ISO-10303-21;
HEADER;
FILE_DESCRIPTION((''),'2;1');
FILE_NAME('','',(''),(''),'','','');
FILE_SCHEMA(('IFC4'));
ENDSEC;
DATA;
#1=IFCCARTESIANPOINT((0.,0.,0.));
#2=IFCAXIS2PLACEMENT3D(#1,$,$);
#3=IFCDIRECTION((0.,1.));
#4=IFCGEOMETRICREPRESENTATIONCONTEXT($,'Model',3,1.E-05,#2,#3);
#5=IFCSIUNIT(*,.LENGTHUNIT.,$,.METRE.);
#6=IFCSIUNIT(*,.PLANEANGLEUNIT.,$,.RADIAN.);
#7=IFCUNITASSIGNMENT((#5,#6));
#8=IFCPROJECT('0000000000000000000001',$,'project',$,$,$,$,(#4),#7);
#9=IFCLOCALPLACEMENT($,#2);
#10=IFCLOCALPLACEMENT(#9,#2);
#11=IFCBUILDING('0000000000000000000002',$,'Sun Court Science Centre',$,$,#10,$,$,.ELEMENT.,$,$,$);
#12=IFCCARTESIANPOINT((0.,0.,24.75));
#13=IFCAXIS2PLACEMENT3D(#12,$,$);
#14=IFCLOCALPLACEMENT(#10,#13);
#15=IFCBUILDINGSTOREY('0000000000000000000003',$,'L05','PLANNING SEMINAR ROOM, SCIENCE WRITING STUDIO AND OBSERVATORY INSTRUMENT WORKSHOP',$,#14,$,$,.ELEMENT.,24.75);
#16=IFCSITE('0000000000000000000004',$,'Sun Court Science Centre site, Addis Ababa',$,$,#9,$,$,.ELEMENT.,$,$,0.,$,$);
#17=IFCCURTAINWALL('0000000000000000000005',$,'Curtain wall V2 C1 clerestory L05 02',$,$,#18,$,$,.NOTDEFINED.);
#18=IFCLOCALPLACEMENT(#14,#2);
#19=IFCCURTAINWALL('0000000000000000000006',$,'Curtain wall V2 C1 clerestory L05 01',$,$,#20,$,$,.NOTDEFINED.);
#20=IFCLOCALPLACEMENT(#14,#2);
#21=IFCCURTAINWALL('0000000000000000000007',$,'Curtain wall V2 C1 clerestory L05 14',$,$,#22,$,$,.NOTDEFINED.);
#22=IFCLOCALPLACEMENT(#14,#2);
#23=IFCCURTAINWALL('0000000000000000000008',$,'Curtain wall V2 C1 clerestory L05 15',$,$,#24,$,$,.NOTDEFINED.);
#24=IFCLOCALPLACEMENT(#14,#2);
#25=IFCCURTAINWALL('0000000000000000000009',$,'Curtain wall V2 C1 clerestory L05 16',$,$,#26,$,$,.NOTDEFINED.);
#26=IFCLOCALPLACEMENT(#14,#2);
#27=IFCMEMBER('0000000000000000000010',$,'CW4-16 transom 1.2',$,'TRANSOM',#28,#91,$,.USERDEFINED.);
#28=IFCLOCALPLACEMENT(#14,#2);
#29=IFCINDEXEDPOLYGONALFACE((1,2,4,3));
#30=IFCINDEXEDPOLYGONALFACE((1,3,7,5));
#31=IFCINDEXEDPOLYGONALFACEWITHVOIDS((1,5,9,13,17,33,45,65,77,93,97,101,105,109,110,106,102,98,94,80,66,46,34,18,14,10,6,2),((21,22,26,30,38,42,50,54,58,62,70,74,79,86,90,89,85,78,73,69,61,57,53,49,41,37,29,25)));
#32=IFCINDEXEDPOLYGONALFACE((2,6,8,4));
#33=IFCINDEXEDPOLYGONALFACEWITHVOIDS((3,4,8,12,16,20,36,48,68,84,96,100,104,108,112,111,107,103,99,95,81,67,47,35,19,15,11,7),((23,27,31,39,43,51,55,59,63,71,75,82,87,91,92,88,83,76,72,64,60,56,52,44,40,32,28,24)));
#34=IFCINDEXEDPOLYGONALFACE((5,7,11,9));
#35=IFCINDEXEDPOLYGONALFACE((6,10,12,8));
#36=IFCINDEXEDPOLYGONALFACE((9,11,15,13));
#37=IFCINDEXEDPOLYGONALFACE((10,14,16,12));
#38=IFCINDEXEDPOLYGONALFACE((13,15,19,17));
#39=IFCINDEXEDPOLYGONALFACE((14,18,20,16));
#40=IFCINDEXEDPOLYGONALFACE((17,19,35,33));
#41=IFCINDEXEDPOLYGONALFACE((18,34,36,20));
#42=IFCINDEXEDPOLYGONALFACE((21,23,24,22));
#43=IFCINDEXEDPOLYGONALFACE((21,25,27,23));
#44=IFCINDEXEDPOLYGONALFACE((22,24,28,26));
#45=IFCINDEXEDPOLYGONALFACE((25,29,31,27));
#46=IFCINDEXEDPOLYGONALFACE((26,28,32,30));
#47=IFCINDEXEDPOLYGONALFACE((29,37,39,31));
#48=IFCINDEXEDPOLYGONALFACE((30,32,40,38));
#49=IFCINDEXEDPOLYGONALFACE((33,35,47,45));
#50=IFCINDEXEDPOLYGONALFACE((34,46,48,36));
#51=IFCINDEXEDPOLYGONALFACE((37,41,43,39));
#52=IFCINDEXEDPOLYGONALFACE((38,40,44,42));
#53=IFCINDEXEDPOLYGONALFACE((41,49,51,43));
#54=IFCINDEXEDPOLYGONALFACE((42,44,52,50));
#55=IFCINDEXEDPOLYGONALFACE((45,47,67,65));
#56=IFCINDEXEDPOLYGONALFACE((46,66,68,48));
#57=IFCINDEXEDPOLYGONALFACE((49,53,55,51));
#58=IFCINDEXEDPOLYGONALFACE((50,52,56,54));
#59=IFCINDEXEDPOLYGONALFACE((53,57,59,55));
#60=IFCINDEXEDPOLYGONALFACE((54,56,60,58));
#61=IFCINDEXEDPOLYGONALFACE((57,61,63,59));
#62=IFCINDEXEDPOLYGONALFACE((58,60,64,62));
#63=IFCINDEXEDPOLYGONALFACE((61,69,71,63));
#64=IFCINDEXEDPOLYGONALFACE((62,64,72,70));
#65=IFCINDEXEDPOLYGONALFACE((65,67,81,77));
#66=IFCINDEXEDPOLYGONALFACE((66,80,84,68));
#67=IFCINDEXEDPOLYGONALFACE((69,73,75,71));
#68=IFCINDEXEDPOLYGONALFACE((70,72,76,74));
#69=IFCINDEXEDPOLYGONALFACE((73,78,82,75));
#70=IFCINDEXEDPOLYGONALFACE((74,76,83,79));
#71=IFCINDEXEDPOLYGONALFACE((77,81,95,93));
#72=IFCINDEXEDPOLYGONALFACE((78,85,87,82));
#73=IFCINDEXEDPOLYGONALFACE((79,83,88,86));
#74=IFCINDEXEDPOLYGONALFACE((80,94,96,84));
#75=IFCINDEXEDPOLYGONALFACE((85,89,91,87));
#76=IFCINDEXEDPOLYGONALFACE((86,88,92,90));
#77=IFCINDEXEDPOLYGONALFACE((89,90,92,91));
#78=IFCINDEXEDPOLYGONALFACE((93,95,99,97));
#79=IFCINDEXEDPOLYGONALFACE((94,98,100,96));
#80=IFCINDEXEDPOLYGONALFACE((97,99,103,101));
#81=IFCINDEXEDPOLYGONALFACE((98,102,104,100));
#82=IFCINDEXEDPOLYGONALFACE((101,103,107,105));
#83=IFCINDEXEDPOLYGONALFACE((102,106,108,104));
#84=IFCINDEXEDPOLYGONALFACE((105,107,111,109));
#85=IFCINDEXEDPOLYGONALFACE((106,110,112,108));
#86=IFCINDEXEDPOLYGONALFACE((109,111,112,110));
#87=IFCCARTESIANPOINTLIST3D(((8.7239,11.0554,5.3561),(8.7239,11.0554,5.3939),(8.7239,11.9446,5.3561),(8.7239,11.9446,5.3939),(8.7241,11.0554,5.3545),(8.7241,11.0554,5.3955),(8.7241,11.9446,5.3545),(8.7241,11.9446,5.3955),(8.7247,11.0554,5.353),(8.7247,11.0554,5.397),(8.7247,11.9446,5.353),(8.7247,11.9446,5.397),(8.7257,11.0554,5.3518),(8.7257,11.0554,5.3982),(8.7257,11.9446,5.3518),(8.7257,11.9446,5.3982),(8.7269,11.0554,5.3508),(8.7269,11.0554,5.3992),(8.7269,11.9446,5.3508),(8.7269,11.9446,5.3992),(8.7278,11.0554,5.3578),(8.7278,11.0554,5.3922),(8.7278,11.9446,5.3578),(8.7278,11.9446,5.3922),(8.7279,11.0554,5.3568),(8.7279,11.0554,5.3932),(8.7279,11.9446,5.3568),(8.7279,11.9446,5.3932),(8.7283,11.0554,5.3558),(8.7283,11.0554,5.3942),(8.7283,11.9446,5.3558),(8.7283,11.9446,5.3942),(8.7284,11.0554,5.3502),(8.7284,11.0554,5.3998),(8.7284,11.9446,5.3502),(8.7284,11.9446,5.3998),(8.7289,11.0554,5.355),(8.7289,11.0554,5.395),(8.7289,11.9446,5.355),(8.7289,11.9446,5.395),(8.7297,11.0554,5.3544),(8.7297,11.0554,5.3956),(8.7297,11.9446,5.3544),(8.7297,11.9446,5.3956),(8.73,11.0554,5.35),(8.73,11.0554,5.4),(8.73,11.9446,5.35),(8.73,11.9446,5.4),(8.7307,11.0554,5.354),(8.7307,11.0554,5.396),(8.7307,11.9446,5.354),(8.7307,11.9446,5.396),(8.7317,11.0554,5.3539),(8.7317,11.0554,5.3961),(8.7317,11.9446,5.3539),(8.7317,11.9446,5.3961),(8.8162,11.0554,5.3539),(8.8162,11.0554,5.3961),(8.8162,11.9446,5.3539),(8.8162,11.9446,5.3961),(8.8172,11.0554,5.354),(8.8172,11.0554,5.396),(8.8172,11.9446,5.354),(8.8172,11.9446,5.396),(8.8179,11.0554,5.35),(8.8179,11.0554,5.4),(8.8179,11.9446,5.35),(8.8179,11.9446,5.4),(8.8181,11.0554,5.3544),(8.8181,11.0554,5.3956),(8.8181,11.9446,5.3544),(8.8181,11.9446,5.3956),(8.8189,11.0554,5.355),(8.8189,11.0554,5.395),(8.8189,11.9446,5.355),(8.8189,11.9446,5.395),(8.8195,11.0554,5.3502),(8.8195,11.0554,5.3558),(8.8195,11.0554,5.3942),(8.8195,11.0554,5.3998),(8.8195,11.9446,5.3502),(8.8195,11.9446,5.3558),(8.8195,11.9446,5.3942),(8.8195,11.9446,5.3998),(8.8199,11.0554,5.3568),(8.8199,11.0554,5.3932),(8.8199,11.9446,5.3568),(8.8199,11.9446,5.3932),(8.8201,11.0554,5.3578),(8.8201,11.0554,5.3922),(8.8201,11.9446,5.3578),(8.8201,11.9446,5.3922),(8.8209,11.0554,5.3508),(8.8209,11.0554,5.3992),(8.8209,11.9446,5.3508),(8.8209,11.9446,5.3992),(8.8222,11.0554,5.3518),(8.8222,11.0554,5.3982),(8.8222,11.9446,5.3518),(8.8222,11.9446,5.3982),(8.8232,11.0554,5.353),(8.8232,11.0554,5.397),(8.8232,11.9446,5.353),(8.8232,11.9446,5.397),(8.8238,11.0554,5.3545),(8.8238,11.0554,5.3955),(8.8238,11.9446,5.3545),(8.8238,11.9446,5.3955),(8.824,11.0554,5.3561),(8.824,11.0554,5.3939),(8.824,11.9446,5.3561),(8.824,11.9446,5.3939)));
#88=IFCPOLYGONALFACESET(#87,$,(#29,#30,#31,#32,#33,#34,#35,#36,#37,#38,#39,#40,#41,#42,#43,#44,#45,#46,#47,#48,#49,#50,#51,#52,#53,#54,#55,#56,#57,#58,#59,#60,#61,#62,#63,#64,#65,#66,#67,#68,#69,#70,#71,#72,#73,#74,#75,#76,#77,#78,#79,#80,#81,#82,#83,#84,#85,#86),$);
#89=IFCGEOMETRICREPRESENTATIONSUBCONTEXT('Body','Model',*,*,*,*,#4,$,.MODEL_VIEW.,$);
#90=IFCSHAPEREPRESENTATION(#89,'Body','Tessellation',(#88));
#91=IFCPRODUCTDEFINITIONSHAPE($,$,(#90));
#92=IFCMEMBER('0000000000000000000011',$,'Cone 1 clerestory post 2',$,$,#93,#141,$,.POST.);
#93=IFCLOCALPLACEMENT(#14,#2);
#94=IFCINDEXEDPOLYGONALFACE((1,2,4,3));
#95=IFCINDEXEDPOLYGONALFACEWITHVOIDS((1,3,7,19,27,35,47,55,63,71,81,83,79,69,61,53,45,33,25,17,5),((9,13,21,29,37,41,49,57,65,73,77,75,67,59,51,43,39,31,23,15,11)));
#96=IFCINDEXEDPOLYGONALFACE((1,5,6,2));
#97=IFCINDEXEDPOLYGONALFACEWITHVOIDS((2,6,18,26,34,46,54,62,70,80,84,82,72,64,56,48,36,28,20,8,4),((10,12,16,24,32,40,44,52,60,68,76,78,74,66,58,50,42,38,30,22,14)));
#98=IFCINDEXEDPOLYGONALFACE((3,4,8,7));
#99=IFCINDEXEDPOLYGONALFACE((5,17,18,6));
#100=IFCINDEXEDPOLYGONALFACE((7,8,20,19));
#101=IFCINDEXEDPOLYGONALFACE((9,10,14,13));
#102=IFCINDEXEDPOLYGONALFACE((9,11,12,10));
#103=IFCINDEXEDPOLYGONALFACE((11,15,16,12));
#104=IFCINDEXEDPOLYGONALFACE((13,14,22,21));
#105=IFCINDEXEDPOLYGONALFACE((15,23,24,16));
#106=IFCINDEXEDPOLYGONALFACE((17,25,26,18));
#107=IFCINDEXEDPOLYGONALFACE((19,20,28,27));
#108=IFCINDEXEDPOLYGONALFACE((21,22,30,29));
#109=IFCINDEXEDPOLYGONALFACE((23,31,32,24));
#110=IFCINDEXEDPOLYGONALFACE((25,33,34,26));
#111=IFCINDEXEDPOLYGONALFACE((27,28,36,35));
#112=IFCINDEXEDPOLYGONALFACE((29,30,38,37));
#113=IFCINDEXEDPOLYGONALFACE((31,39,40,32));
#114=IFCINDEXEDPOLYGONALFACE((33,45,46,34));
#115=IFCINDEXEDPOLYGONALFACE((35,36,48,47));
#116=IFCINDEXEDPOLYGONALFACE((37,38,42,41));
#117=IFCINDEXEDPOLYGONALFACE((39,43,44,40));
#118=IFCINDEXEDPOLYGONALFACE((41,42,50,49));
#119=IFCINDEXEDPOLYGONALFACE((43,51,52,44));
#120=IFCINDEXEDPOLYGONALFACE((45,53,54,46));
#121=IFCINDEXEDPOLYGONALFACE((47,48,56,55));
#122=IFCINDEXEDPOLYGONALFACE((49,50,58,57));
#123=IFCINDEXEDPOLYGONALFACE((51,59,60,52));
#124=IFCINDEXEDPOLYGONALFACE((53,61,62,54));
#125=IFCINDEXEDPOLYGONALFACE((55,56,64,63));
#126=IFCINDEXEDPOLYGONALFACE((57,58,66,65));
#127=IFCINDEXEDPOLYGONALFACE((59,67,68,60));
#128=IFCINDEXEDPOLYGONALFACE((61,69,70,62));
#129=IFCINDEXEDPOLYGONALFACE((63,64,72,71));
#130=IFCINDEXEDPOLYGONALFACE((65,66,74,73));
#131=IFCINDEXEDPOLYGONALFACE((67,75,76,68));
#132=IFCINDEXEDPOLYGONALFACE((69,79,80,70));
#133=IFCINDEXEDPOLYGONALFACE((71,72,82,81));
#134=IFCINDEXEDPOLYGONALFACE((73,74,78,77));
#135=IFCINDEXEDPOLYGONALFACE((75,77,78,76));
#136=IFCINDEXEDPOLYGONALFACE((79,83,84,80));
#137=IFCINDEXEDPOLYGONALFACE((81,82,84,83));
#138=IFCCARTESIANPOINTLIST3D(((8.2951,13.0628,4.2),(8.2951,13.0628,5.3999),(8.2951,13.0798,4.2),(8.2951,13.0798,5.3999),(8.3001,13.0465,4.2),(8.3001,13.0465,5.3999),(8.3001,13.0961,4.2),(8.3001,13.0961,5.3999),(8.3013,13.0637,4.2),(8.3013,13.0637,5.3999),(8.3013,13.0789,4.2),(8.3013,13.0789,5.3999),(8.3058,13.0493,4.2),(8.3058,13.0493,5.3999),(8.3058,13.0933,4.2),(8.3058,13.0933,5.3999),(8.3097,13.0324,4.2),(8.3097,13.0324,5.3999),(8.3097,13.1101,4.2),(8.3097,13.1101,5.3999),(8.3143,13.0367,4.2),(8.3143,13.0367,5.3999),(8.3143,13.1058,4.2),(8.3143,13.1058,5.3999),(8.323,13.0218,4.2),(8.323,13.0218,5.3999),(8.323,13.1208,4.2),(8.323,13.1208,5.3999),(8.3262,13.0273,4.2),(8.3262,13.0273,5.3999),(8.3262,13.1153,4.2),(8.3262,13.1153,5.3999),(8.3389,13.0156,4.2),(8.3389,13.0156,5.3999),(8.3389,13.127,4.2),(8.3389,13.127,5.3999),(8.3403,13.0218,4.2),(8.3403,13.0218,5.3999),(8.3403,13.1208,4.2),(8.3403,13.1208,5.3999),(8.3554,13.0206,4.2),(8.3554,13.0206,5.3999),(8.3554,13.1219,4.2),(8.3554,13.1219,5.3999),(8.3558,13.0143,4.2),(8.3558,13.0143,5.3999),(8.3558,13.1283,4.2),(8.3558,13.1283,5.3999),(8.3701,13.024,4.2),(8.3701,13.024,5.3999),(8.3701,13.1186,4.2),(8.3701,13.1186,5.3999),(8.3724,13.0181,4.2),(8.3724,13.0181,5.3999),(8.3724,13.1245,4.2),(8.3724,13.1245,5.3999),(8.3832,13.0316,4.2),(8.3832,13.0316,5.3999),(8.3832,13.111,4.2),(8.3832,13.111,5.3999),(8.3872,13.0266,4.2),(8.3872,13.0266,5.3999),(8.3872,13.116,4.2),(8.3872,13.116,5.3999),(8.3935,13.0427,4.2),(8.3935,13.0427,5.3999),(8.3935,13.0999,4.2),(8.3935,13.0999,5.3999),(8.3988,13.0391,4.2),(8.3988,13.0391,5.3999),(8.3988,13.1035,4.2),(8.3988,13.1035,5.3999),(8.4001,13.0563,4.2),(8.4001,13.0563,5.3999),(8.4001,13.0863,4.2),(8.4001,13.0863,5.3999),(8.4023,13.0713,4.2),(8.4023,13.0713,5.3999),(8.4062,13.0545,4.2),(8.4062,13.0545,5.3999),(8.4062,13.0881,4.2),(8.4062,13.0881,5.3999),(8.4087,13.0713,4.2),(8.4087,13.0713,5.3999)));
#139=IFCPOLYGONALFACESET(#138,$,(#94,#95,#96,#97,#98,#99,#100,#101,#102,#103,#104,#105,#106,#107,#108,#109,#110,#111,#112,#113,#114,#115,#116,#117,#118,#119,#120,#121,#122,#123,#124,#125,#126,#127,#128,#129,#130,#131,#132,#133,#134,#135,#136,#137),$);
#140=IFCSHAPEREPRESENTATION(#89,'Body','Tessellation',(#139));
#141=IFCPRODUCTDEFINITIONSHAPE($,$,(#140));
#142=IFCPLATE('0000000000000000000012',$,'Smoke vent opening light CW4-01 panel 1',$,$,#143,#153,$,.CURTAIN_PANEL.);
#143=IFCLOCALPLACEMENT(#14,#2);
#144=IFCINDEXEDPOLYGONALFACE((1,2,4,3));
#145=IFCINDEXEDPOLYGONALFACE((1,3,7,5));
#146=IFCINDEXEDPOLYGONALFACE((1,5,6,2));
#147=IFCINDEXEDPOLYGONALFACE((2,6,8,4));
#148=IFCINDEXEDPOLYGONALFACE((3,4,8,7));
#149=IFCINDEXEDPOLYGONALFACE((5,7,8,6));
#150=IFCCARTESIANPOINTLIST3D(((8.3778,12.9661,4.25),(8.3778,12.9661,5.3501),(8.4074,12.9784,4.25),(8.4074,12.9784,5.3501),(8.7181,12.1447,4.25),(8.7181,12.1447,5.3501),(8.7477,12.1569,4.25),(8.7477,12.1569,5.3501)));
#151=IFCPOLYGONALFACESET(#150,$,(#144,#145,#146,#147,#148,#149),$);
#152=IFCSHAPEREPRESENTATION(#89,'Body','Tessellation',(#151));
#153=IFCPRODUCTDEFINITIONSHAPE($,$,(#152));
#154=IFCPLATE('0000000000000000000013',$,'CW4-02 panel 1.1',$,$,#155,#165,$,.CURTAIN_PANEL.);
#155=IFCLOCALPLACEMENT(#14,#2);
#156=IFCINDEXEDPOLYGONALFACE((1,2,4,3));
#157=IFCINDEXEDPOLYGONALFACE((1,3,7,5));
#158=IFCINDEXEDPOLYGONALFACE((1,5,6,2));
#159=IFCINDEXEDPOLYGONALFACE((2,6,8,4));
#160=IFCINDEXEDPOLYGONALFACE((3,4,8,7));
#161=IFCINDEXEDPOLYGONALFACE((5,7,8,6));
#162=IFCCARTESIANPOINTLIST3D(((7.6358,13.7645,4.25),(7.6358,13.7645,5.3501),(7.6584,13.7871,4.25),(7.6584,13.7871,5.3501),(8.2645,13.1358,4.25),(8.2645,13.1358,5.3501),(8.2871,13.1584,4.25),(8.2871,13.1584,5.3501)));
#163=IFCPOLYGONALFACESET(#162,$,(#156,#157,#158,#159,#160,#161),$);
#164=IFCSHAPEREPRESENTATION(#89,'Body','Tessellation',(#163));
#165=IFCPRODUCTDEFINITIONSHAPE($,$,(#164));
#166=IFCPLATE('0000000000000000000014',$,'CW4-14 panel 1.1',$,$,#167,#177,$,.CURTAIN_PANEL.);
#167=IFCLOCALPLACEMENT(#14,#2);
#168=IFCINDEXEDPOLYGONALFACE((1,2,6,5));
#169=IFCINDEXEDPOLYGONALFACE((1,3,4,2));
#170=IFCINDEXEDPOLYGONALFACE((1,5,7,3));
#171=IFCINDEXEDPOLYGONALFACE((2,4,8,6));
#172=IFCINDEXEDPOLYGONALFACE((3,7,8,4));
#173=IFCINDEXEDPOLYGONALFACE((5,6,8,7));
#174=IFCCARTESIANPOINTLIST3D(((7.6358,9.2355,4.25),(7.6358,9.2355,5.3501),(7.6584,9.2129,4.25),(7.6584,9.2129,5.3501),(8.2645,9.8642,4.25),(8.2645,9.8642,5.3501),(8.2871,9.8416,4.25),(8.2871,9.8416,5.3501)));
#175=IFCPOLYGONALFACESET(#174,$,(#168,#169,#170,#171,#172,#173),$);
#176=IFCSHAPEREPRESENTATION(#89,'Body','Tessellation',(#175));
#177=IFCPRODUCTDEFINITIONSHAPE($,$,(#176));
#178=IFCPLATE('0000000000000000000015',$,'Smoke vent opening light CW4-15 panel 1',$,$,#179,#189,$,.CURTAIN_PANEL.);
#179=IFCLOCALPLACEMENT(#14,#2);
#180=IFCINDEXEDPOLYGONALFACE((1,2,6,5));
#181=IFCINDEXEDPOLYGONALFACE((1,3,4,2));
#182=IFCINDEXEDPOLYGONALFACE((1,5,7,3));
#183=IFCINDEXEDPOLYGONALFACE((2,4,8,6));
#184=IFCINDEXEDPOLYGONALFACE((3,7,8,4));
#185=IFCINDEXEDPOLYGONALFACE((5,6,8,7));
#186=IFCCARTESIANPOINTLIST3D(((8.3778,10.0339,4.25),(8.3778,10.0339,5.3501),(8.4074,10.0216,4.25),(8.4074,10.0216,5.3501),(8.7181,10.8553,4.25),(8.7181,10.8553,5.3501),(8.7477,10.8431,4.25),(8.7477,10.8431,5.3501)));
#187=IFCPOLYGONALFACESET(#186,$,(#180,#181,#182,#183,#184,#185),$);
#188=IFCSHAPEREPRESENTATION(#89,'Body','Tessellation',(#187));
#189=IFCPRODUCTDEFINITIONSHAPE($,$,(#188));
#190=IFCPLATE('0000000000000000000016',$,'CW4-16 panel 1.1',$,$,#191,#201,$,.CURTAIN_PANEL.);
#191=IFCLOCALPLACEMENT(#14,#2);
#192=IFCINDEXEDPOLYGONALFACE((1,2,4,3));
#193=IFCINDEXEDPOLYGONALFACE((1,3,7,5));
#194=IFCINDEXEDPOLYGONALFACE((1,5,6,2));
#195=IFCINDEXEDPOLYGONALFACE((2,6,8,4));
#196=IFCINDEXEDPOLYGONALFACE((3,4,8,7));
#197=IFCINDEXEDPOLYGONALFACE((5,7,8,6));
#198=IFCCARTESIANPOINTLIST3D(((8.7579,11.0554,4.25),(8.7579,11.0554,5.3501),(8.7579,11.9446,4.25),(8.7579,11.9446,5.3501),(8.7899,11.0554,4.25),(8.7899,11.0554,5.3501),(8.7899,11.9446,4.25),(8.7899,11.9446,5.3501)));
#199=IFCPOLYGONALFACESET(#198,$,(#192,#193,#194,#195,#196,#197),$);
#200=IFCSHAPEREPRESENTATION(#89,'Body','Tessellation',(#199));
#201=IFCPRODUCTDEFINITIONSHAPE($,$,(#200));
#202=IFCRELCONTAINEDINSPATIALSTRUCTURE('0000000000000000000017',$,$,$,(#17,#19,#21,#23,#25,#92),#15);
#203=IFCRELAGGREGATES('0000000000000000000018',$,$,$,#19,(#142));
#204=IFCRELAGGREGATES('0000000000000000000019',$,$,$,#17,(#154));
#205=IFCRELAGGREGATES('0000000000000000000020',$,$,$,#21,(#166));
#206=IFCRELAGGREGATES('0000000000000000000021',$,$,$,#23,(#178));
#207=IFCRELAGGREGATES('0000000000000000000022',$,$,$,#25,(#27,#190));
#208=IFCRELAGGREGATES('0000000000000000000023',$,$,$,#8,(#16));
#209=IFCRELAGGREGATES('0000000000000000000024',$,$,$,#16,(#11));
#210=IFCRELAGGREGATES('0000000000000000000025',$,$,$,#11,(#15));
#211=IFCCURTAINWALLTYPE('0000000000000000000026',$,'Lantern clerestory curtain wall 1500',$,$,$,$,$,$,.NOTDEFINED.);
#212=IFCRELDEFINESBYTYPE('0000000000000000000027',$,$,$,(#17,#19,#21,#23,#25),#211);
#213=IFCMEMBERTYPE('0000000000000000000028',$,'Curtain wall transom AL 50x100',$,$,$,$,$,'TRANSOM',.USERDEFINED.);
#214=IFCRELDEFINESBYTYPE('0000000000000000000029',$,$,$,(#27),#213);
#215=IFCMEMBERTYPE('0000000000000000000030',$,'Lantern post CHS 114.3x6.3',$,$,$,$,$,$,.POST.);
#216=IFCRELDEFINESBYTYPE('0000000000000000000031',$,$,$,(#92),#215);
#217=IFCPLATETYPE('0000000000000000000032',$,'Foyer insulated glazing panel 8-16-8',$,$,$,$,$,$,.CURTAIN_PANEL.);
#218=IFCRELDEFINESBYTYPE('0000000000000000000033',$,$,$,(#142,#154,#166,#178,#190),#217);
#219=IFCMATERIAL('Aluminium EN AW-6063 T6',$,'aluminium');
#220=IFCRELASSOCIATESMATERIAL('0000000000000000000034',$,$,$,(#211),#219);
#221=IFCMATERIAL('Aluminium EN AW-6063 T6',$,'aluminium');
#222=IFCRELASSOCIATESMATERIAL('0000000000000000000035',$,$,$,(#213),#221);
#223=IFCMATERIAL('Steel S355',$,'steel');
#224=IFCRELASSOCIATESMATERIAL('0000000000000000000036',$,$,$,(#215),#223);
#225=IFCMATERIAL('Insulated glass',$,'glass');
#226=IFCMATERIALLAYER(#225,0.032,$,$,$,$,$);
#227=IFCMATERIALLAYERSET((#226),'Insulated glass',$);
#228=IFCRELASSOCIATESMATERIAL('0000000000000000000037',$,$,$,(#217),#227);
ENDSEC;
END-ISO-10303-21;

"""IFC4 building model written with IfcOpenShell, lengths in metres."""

from ifc_helpers import new_model, si_unit, direction, frame, origin, origin_2d, place, context, subcontext, project, spatial, rectangle, hollow_rectangle, hollow_circle, extrude, material, layer, layer_set, material_profile, profile_set, type_object, element, aggregate, save


model = new_model("IFC4")

# Units and contexts
model_context = context("Model", 3, precision=1e-05, world=origin(), true_north=direction((0.0, 1.0)))
body_context = subcontext(model_context, "Body", "Model", "MODEL_VIEW")
ifc_project = project(units=[si_unit("LENGTHUNIT", "METRE"), si_unit("PLANEANGLEUNIT", "RADIAN")], contexts=[model_context])

# Site, building, storey
site_placement = place(None, origin())
site = spatial("IfcSite", under=ifc_project, at=site_placement, Name="Sun Court Science Centre site, Addis Ababa", CompositionType="ELEMENT", RefElevation=0.0)
building_placement = place(site_placement, origin())
building = spatial("IfcBuilding", under=site, at=building_placement, Name="Sun Court Science Centre", CompositionType="ELEMENT")
storey_placement = place(building_placement, frame((0.0, 0.0, 24.75)))
storey = spatial("IfcBuildingStorey", under=building, at=storey_placement, Name="L05", Description="PLANNING SEMINAR ROOM, SCIENCE WRITING STUDIO AND OBSERVATORY INSTRUMENT WORKSHOP", CompositionType="ELEMENT", Elevation=24.75)

# Curtain wall
ifc_material_1 = material(Name="Aluminium EN AW-6063 T6", Category="aluminium")
curtain_wall_type = type_object("IfcCurtainWallType", Name="Lantern clerestory curtain wall 1500", PredefinedType="NOTDEFINED", material=ifc_material_1)
curtain_wall_1_placement = place(storey_placement, origin())
curtain_wall_1 = element("IfcCurtainWall", 1, at=curtain_wall_1_placement, inside=storey, type_object=curtain_wall_type, Name="Curtain wall V2 C1 clerestory L05 02", PredefinedType="NOTDEFINED")

# Curtain walls, member
curtain_wall_2_placement = place(storey_placement, origin())
curtain_wall_2 = element("IfcCurtainWall", 2, at=curtain_wall_2_placement, inside=storey, type_object=curtain_wall_type, Name="Curtain wall V2 C1 clerestory L05 01", PredefinedType="NOTDEFINED")
ifc_material_2 = material(Name="Aluminium EN AW-6063 T6", Category="aluminium")
ifc_material_profile_1 = material_profile(ifc_material_2, hollow_rectangle(XDim=0.05, YDim=0.1001, WallThickness=0.0039, InnerFilletRadius=0.0039, OuterFilletRadius=0.0061, at=origin_2d()), Name="AL 50x100x4")
ifc_profile_set_1 = profile_set([ifc_material_profile_1], Name="Aluminium EN AW-6063 T6")
member_type_1 = type_object("IfcMemberType", Name="Curtain wall transom AL 50x100", ElementType="TRANSOM", PredefinedType="USERDEFINED", material=ifc_profile_set_1)
curtain_wall_3_placement = place(storey_placement, origin())
curtain_wall_3 = element("IfcCurtainWall", 3, at=curtain_wall_3_placement, inside=storey, type_object=curtain_wall_type, Name="Curtain wall V2 C1 clerestory L05 14", PredefinedType="NOTDEFINED")
curtain_wall_4_placement = place(storey_placement, origin())
curtain_wall_4 = element("IfcCurtainWall", 4, at=curtain_wall_4_placement, inside=storey, type_object=curtain_wall_type, Name="Curtain wall V2 C1 clerestory L05 15", PredefinedType="NOTDEFINED")
curtain_wall_5_placement = place(storey_placement, origin())
curtain_wall_5 = element("IfcCurtainWall", 5, at=curtain_wall_5_placement, inside=storey, type_object=curtain_wall_type, Name="Curtain wall V2 C1 clerestory L05 16", PredefinedType="NOTDEFINED")
member_1_placement = place(storey_placement, frame((8.7739, 11.9446, 5.375), z_axis=(0.0, -1.0, 0.0), x_axis=(0.0, 0.0, 1.0)))
member_1 = element("IfcMember", 6, at=member_1_placement, type_object=member_type_1, Name="CW4-16 transom 1.2", ObjectType="TRANSOM", PredefinedType="USERDEFINED", context=body_context, shape_type="SweptSolid", body=[
    extrude(hollow_rectangle(XDim=0.05, YDim=0.1001, WallThickness=0.0039, InnerFilletRadius=0.0039, OuterFilletRadius=0.0061, at=origin_2d()), origin(), (0.0, 0.0, 1.0), 0.8892),
])

# Member
ifc_material_3 = material(Name="Steel S355", Category="steel")
ifc_material_profile_2 = material_profile(ifc_material_3, hollow_circle(Radius=0.0571, WallThickness=0.0063, at=origin_2d()), Name="CHS 114.3x6.3")
ifc_profile_set_2 = profile_set([ifc_material_profile_2], Name="Steel S355")
member_type_2 = type_object("IfcMemberType", Name="Lantern post CHS 114.3x6.3", PredefinedType="POST", material=ifc_profile_set_2)
member_2_placement = place(storey_placement, frame((8.3516, 13.0713, 4.2), z_axis=(0.0, 0.0, 1.0), x_axis=(1.0, 0.0, 0.0)))
element("IfcMember", 7, at=member_2_placement, inside=storey, type_object=member_type_2, Name="Cone 1 clerestory post 2", PredefinedType="POST", context=body_context, shape_type="SweptSolid", body=[
    extrude(hollow_circle(Radius=0.0571, WallThickness=0.0063, at=origin_2d()), origin(), (0.0, 0.0, 1.0), 1.2),
])

# Plates
ifc_material_4 = material(Name="Insulated glass", Category="glass")
ifc_layer = layer(ifc_material_4, 0.032)
ifc_layer_set = layer_set([ifc_layer], Name="Insulated glass")
plate_type = type_object("IfcPlateType", Name="Foyer insulated glazing panel 8-16-8", PredefinedType="CURTAIN_PANEL", material=ifc_layer_set)
plate_1_placement = place(storey_placement, frame((8.5627, 12.5615, 4.25), z_axis=(0.0, 0.0, 1.0), x_axis=(0.382683, -0.92388, 0.0)))
plate_1 = element("IfcPlate", 8, at=plate_1_placement, type_object=plate_type, Name="Smoke vent opening light CW4-01 panel 1", PredefinedType="CURTAIN_PANEL", context=body_context, shape_type="SweptSolid", body=[
    extrude(rectangle(XDim=0.8892, YDim=0.032, at=origin_2d()), origin(), (0.0, 0.0, 1.0), 1.1001),
])
aggregate(curtain_wall_2, [plate_1])
plate_2_placement = place(storey_placement, frame((7.9614, 13.4614, 4.25), z_axis=(0.0, 0.0, 1.0), x_axis=(0.707107, -0.707107, 0.0)))
plate_2 = element("IfcPlate", 9, at=plate_2_placement, type_object=plate_type, Name="CW4-02 panel 1.1", PredefinedType="CURTAIN_PANEL", context=body_context, shape_type="SweptSolid", body=[
    extrude(rectangle(XDim=0.8892, YDim=0.032, at=origin_2d()), origin(), (0.0, 0.0, 1.0), 1.1001),
])
aggregate(curtain_wall_1, [plate_2])
plate_3_placement = place(storey_placement, frame((7.9614, 9.5386, 4.25), z_axis=(0.0, 0.0, 1.0), x_axis=(-0.707107, -0.707107, 0.0)))
plate_3 = element("IfcPlate", 10, at=plate_3_placement, type_object=plate_type, Name="CW4-14 panel 1.1", PredefinedType="CURTAIN_PANEL", context=body_context, shape_type="SweptSolid", body=[
    extrude(rectangle(XDim=0.8892, YDim=0.032, at=origin_2d()), origin(), (0.0, 0.0, 1.0), 1.1001),
])
aggregate(curtain_wall_3, [plate_3])
plate_4_placement = place(storey_placement, frame((8.5627, 10.4385, 4.25), z_axis=(0.0, 0.0, 1.0), x_axis=(-0.382683, -0.92388, 0.0)))
plate_4 = element("IfcPlate", 11, at=plate_4_placement, type_object=plate_type, Name="Smoke vent opening light CW4-15 panel 1", PredefinedType="CURTAIN_PANEL", context=body_context, shape_type="SweptSolid", body=[
    extrude(rectangle(XDim=0.8892, YDim=0.032, at=origin_2d()), origin(), (0.0, 0.0, 1.0), 1.1001),
])
aggregate(curtain_wall_4, [plate_4])
plate_5_placement = place(storey_placement, frame((8.7739, 11.5, 4.25), z_axis=(0.0, 0.0, 1.0), x_axis=(0.0, -1.0, 0.0)))
plate_5 = element("IfcPlate", 12, at=plate_5_placement, type_object=plate_type, Name="CW4-16 panel 1.1", PredefinedType="CURTAIN_PANEL", context=body_context, shape_type="SweptSolid", body=[
    extrude(rectangle(XDim=0.8892, YDim=0.032, at=origin_2d()), origin(), (0.0, 0.0, 1.0), 1.1001),
])
aggregate(curtain_wall_5, [member_1, plate_5])

save(model, "model.ifc")
